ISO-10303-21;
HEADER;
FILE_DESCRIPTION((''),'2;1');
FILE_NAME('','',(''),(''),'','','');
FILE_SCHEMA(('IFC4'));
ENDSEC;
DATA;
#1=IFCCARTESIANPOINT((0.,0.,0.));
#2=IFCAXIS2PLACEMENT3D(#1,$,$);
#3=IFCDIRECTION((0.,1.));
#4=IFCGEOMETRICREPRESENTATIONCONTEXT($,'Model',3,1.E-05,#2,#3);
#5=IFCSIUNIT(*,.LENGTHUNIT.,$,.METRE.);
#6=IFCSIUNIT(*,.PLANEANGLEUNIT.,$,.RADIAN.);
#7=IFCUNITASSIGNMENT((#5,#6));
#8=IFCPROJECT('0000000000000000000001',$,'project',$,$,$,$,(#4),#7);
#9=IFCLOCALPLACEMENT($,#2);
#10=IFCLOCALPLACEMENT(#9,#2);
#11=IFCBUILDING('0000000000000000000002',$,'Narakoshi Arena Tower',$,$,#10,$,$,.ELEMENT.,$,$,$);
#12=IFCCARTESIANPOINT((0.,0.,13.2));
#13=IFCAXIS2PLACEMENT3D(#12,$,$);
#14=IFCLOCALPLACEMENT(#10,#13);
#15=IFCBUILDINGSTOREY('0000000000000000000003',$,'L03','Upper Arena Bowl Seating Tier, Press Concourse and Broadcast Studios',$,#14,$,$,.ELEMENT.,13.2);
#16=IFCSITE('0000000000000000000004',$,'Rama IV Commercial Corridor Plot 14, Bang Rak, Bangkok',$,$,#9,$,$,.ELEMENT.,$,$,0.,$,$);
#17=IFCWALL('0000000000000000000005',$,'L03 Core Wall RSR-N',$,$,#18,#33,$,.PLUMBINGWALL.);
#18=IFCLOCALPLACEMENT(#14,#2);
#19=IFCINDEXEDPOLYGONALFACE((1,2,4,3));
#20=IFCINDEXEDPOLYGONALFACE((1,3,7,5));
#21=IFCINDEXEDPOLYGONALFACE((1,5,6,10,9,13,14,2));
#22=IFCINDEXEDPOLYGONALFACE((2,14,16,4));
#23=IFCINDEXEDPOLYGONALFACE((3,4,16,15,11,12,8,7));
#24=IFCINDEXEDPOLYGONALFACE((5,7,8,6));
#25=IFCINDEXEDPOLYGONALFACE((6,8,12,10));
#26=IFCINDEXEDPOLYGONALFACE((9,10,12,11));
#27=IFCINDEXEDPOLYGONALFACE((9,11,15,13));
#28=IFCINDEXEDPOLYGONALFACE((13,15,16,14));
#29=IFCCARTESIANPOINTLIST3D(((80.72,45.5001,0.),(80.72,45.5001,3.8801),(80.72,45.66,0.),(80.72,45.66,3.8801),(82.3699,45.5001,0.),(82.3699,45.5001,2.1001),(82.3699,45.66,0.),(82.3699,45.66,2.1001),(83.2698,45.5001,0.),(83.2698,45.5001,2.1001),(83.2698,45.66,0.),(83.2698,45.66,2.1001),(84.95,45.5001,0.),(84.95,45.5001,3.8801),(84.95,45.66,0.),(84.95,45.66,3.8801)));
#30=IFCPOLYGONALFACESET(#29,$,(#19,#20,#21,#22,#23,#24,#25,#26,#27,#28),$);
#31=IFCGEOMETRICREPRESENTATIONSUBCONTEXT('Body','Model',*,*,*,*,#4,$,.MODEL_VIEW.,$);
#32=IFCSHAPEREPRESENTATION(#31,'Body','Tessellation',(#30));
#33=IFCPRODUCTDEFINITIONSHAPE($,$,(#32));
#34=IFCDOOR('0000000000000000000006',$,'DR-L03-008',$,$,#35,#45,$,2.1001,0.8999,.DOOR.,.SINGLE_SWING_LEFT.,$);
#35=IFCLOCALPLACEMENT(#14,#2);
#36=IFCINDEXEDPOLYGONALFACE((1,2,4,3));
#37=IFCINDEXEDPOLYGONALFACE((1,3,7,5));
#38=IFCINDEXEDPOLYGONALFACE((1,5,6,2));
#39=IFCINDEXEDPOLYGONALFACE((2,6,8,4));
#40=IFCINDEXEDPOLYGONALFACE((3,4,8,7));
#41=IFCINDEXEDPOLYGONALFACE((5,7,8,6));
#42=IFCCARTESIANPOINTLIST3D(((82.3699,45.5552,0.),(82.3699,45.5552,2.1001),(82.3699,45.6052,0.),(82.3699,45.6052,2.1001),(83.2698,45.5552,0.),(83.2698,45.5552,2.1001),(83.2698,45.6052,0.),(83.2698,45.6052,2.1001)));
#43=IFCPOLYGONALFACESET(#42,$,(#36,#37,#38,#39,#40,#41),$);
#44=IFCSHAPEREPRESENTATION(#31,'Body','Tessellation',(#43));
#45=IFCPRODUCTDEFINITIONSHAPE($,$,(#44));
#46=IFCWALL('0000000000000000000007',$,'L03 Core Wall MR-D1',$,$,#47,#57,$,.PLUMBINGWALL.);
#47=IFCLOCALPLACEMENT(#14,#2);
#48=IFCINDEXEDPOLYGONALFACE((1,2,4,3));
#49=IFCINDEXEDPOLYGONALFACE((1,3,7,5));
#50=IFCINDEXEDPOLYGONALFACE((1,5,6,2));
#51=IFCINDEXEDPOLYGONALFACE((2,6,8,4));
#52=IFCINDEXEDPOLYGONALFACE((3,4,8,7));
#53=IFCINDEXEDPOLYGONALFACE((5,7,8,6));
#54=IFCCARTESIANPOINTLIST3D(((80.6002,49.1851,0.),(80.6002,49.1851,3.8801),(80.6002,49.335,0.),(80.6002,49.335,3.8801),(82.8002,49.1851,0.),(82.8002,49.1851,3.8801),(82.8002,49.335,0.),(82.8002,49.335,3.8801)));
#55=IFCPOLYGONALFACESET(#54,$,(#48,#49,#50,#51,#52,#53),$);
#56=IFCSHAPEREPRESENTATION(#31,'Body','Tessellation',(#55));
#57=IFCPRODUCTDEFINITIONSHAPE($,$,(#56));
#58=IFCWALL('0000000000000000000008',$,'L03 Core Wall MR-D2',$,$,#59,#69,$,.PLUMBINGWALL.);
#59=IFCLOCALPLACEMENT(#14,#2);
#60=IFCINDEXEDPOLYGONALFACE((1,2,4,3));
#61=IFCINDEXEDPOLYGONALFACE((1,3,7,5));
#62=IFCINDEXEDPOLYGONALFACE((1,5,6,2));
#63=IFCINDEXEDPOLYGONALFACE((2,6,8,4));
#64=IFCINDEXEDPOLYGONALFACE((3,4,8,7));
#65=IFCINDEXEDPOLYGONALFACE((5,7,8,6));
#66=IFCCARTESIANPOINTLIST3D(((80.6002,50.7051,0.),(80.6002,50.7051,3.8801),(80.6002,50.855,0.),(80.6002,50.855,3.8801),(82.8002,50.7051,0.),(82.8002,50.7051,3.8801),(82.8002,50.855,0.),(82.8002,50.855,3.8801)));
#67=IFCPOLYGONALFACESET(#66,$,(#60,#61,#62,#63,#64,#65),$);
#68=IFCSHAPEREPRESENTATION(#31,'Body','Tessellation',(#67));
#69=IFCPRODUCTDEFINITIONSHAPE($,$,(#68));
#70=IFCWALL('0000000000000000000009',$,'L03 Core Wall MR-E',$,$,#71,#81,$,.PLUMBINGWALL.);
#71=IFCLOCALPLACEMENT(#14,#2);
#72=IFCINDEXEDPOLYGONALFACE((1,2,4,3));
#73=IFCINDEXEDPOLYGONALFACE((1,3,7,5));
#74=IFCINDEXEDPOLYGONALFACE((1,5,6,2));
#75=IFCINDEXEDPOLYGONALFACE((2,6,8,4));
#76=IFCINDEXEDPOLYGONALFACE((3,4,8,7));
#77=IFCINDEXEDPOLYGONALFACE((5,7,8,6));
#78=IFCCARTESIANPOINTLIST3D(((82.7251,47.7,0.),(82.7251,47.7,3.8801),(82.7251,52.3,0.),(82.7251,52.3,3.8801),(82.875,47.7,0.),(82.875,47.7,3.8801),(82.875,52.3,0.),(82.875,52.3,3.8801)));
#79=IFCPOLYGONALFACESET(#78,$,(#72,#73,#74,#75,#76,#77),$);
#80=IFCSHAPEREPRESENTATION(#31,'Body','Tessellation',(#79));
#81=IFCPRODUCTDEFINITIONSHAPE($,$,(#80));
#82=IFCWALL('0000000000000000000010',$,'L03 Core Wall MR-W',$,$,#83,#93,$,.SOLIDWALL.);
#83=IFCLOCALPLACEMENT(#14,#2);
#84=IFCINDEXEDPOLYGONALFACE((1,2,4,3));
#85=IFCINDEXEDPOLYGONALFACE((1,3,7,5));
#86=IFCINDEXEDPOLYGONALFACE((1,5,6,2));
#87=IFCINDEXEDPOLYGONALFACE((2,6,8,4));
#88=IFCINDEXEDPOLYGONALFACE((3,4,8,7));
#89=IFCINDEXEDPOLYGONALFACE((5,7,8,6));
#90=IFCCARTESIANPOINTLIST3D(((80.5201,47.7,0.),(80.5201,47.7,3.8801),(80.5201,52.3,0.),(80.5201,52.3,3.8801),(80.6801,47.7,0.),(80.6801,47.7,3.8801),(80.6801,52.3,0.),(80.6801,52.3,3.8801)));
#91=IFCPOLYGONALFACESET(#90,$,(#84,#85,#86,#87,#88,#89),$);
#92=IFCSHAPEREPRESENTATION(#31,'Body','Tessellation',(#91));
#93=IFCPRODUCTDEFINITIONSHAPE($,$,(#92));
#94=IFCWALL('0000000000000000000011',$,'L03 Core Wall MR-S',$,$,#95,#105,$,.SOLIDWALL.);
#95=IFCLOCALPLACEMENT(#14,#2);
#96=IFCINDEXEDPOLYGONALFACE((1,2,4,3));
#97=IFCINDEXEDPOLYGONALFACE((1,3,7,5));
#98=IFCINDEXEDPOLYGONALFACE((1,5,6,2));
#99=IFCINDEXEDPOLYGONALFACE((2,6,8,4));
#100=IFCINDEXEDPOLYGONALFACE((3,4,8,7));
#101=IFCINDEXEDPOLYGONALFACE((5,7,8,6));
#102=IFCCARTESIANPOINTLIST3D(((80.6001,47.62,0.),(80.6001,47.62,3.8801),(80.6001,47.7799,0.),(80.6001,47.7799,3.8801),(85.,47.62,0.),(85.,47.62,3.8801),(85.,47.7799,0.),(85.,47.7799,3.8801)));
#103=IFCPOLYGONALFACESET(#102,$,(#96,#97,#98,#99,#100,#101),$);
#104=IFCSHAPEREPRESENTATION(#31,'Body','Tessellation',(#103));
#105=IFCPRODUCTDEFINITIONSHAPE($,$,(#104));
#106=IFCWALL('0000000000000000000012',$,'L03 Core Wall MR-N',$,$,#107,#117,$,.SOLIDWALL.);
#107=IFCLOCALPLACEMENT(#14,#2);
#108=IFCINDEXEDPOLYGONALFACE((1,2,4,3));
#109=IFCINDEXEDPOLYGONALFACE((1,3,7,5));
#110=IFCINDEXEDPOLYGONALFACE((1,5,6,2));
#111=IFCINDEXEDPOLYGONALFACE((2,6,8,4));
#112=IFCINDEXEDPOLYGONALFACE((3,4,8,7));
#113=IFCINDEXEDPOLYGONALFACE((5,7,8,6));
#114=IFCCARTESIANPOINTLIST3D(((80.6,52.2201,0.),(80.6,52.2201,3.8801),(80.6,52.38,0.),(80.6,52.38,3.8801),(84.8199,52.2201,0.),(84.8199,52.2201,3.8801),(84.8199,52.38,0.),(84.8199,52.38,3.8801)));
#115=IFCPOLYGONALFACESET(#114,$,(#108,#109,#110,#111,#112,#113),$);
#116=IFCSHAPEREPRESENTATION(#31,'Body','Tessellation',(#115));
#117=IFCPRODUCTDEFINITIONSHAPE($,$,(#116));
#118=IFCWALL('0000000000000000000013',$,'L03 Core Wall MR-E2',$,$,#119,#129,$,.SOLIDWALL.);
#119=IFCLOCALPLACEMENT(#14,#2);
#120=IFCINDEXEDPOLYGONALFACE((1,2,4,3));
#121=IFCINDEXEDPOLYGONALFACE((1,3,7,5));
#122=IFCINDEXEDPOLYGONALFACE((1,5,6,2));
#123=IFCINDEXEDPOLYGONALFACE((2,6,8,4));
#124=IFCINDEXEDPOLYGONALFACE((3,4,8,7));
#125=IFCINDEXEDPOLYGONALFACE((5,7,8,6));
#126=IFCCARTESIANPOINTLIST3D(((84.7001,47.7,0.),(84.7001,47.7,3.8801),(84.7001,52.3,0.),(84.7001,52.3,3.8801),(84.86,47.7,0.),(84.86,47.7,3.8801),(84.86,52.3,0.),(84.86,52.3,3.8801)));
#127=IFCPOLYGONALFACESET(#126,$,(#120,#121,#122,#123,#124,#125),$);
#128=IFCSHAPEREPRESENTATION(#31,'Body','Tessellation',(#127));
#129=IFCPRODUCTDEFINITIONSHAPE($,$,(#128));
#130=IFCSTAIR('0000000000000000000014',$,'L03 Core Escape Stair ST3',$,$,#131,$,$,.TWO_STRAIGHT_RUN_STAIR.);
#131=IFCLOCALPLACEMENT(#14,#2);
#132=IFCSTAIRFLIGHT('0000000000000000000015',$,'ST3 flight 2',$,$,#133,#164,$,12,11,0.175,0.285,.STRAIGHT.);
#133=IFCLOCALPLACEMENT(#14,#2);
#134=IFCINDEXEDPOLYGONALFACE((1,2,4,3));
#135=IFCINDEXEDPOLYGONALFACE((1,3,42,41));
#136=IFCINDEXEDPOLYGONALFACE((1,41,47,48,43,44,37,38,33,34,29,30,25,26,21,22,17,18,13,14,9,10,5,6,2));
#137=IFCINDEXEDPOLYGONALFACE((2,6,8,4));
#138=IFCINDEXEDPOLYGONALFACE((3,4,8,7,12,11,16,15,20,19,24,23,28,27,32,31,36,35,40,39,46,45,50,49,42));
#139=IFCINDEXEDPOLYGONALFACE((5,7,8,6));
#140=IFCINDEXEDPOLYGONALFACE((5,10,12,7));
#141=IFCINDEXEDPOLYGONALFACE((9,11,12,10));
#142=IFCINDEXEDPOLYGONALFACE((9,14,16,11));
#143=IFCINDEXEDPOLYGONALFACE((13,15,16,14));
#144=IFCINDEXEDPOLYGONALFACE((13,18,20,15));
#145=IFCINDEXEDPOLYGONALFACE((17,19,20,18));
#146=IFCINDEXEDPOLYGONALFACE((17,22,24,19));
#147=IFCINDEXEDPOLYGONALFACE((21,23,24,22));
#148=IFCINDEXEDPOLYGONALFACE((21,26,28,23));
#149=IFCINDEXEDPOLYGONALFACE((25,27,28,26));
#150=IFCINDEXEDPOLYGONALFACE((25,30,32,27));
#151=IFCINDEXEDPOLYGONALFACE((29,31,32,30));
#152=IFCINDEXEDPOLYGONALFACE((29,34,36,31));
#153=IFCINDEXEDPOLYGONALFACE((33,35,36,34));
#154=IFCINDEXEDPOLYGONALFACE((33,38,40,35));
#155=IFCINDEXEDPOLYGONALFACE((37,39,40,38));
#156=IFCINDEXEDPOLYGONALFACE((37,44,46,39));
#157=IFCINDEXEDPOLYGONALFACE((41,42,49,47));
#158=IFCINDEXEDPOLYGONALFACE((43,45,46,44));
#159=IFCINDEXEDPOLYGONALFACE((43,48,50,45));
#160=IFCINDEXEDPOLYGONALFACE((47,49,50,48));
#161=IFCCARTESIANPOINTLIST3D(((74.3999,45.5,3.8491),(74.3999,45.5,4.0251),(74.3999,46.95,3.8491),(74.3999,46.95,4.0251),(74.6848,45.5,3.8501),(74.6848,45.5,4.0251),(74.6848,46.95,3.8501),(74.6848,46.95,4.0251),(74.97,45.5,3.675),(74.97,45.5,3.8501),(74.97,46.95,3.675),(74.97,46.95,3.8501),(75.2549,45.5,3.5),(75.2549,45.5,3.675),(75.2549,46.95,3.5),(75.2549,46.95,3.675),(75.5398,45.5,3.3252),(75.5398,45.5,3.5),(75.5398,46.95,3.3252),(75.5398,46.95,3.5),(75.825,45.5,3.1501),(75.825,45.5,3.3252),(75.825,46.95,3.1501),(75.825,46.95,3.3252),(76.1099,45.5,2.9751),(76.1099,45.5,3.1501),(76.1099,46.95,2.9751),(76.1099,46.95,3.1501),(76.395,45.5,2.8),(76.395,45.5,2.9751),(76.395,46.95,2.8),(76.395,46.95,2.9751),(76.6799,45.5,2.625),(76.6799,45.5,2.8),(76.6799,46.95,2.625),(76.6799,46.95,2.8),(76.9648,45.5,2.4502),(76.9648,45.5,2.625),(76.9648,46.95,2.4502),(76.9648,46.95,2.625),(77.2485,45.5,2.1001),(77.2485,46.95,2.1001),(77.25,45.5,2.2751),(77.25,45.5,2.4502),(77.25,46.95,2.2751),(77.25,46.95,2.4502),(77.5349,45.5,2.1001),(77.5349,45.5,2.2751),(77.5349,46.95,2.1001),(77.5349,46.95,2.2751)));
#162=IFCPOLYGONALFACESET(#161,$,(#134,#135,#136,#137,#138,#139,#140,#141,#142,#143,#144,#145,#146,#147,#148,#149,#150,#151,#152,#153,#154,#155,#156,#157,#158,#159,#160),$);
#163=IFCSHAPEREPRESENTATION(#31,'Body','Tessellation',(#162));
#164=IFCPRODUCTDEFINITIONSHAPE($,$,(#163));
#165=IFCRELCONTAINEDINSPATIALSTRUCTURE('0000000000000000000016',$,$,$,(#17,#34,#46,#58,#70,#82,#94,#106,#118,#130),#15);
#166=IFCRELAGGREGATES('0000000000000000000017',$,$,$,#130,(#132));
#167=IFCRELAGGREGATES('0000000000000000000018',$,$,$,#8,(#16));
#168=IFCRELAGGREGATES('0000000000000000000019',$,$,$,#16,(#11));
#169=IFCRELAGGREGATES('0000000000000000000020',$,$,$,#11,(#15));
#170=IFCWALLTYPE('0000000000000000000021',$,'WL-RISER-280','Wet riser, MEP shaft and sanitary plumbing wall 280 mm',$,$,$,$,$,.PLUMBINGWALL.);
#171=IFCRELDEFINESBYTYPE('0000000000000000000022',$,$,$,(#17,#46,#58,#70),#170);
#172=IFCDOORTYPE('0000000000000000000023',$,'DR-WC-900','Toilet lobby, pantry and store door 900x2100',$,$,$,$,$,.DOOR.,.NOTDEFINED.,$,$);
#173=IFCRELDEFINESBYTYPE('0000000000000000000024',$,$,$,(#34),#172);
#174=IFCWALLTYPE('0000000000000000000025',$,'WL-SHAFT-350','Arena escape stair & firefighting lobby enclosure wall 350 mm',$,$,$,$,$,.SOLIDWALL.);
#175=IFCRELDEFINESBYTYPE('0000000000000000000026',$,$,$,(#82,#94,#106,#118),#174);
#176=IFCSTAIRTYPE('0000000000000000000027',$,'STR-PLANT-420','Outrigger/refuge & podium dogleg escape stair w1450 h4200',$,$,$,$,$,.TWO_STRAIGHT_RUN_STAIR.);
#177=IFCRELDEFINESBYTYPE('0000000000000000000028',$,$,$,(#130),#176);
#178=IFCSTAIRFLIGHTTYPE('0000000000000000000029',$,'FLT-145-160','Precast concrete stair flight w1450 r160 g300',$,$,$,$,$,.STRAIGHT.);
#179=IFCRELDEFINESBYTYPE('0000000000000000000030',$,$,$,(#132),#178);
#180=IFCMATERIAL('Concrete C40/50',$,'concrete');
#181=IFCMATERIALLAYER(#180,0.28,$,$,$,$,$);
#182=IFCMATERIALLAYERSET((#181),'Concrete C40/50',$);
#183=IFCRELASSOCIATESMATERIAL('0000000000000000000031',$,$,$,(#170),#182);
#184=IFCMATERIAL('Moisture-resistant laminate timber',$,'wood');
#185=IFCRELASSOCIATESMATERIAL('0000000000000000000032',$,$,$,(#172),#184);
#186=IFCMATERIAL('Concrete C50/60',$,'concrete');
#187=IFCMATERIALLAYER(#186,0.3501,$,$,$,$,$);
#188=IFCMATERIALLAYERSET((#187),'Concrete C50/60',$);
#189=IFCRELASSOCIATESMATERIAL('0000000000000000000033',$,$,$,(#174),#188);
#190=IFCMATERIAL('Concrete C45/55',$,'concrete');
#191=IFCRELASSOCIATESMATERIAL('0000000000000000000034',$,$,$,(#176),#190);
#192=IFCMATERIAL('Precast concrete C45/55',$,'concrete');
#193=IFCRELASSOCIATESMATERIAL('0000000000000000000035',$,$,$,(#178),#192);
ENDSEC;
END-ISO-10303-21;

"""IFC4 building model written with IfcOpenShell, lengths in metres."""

from ifc_helpers import new_model, si_unit, direction, frame, frame_2d, origin, place, context, subcontext, project, spatial, polyline, rectangle, outline, extrude, material, layer, layer_set, type_object, element, fill, aggregate, save


model = new_model("IFC4")

# Units and contexts
model_context = context("Model", 3, precision=1e-05, world=origin(), true_north=direction((0.0, 1.0)))
body_context = subcontext(model_context, "Body", "Model", "MODEL_VIEW")
ifc_project = project(units=[si_unit("LENGTHUNIT", "METRE"), si_unit("PLANEANGLEUNIT", "RADIAN")], contexts=[model_context])

# Site, building, storey
site_placement = place(None, origin())
site = spatial("IfcSite", under=ifc_project, at=site_placement, Name="Rama IV Commercial Corridor Plot 14, Bang Rak, Bangkok", CompositionType="ELEMENT", RefElevation=0.0)
building_placement = place(site_placement, origin())
building = spatial("IfcBuilding", under=site, at=building_placement, Name="Narakoshi Arena Tower", CompositionType="ELEMENT")
storey_placement = place(building_placement, frame((0.0, 0.0, 13.2)))
storey = spatial("IfcBuildingStorey", under=building, at=storey_placement, Name="L03", Description="Upper Arena Bowl Seating Tier, Press Concourse and Broadcast Studios", CompositionType="ELEMENT", Elevation=13.2)

# Wall, opening, door
ifc_material_1 = material(Name="Concrete C40/50", Category="concrete")
ifc_layer_1 = layer(ifc_material_1, 0.28)
ifc_layer_set_1 = layer_set([ifc_layer_1], Name="Concrete C40/50")
wall_type_1 = type_object("IfcWallType", Name="WL-RISER-280", Description="Wet riser, MEP shaft and sanitary plumbing wall 280 mm", PredefinedType="PLUMBINGWALL", material=ifc_layer_set_1)
wall_1_placement = place(storey_placement, frame((80.72, 45.5801, 0.0), z_axis=(0.0, 0.0, 1.0), x_axis=(1.0, 0.0, 0.0)))
wall_1 = element("IfcWall", 1, at=wall_1_placement, inside=storey, type_object=wall_type_1, Name="L03 Core Wall RSR-N", PredefinedType="PLUMBINGWALL", context=body_context, shape_type="SweptSolid", body=[
    extrude(rectangle(XDim=4.23, YDim=0.1599, at=frame_2d((2.115, 0.0))), origin(), (0.0, 0.0, 1.0), 3.8801),
])
opening_1_placement = place(wall_1_placement, frame((1.6499, 0.0, 0.0)))
opening_1 = element("IfcOpeningElement", 2, at=opening_1_placement, cuts=wall_1, PredefinedType="OPENING", context=body_context, shape_type="SweptSolid", body=[
    extrude(rectangle(XDim=0.8999, YDim=2.1001, at=frame_2d((0.45, 1.05))), frame((0.0, 0.0898, 0.0), z_axis=(0.0, -1.0, 0.0), x_axis=(1.0, 0.0, 0.0)), (0.0, 0.0, 1.0), 0.1799),
])
ifc_material_2 = material(Name="Moisture-resistant laminate timber", Category="wood")
door_type_1 = type_object("IfcDoorType", Name="DR-WC-900", Description="Toilet lobby, pantry and store door 900x2100", OperationType="NOTDEFINED", PredefinedType="DOOR", material=ifc_material_2)
door_1_placement = place(opening_1_placement, frame((0.8999, 0.0, 0.0), z_axis=(0.0, 0.0, 1.0), x_axis=(-1.0, 0.0, 0.0)))
door_1 = element("IfcDoor", 3, at=door_1_placement, inside=storey, type_object=door_type_1, Name="DR-L03-008", OperationType="SINGLE_SWING_LEFT", OverallHeight=2.1001, OverallWidth=0.8999, PredefinedType="DOOR", context=body_context, shape_type="SweptSolid", body=[
    extrude(rectangle(XDim=0.8999, YDim=2.1001, at=frame_2d((0.45, 1.05))), frame((0.0, 0.0249, 0.0), z_axis=(0.0, -1.0, 0.0), x_axis=(1.0, 0.0, 0.0)), (0.0, 0.0, 1.0), 0.05),
])
fill(opening_1, door_1)

# Walls
for number, where, z_axis, x_axis, name in (
    (4, (80.6001, 49.26, 0.0), (0.0, 0.0, 1.0), (1.0, 0.0, 0.0), "L03 Core Wall MR-D1"),
    (5, (80.6001, 50.78, 0.0), (0.0, 0.0, 1.0), (1.0, 0.0, 0.0), "L03 Core Wall MR-D2"),
):
    element("IfcWall", number, at=place(storey_placement, frame(where, z_axis=z_axis, x_axis=x_axis)), inside=storey, type_object=wall_type_1, Name=name, PredefinedType="PLUMBINGWALL", context=body_context, shape_type="SweptSolid", body=[
        extrude(rectangle(XDim=2.2, YDim=0.1499, at=frame_2d((1.1001, 0.0))), origin(), (0.0, 0.0, 1.0), 3.8801),
    ])
wall_2_placement = place(storey_placement, frame((82.8, 47.7, 0.0), z_axis=(0.0, 0.0, 1.0), x_axis=(0.0, 1.0, 0.0)))
element("IfcWall", 6, at=wall_2_placement, inside=storey, type_object=wall_type_1, Name="L03 Core Wall MR-E", PredefinedType="PLUMBINGWALL", context=body_context, shape_type="SweptSolid", body=[
    extrude(rectangle(XDim=4.6001, YDim=0.1499, at=frame_2d((2.3, 0.0))), origin(), (0.0, 0.0, 1.0), 3.8801),
])
ifc_material_3 = material(Name="Concrete C50/60", Category="concrete")
ifc_layer_2 = layer(ifc_material_3, 0.3501)
ifc_layer_set_2 = layer_set([ifc_layer_2], Name="Concrete C50/60")
wall_type_2 = type_object("IfcWallType", Name="WL-SHAFT-350", Description="Arena escape stair & firefighting lobby enclosure wall 350 mm", PredefinedType="SOLIDWALL", material=ifc_layer_set_2)
wall_3_placement = place(storey_placement, frame((80.6001, 47.7, 0.0), z_axis=(0.0, 0.0, 1.0), x_axis=(0.0, 1.0, 0.0)))
element("IfcWall", 7, at=wall_3_placement, inside=storey, type_object=wall_type_2, Name="L03 Core Wall MR-W", PredefinedType="SOLIDWALL", context=body_context, shape_type="SweptSolid", body=[
    extrude(rectangle(XDim=4.6001, YDim=0.1599, at=frame_2d((2.3, 0.0))), origin(), (0.0, 0.0, 1.0), 3.8801),
])
wall_4_placement = place(storey_placement, frame((80.6001, 47.7, 0.0), z_axis=(0.0, 0.0, 1.0), x_axis=(1.0, 0.0, 0.0)))
element("IfcWall", 8, at=wall_4_placement, inside=storey, type_object=wall_type_2, Name="L03 Core Wall MR-S", PredefinedType="SOLIDWALL", context=body_context, shape_type="SweptSolid", body=[
    extrude(rectangle(XDim=4.3999, YDim=0.1599, at=frame_2d((2.2, 0.0))), origin(), (0.0, 0.0, 1.0), 3.8801),
])
wall_5_placement = place(storey_placement, frame((80.6001, 52.3, 0.0), z_axis=(0.0, 0.0, 1.0), x_axis=(1.0, 0.0, 0.0)))
element("IfcWall", 9, at=wall_5_placement, inside=storey, type_object=wall_type_2, Name="L03 Core Wall MR-N", PredefinedType="SOLIDWALL", context=body_context, shape_type="SweptSolid", body=[
    extrude(rectangle(XDim=4.22, YDim=0.1599, at=frame_2d((2.1099, 0.0))), origin(), (0.0, 0.0, 1.0), 3.8801),
])
wall_6_placement = place(storey_placement, frame((84.78, 47.7, 0.0), z_axis=(0.0, 0.0, 1.0), x_axis=(0.0, 1.0, 0.0)))
element("IfcWall", 10, at=wall_6_placement, inside=storey, type_object=wall_type_2, Name="L03 Core Wall MR-E2", PredefinedType="SOLIDWALL", context=body_context, shape_type="SweptSolid", body=[
    extrude(rectangle(XDim=4.6001, YDim=0.1599, at=frame_2d((2.3, 0.0))), origin(), (0.0, 0.0, 1.0), 3.8801),
])

# Stair, stair flight
ifc_material_4 = material(Name="Concrete C45/55", Category="concrete")
stair_type = type_object("IfcStairType", Name="STR-PLANT-420", Description="Outrigger/refuge & podium dogleg escape stair w1450 h4200", PredefinedType="TWO_STRAIGHT_RUN_STAIR", material=ifc_material_4)
stair_placement = place(storey_placement, origin())
stair = element("IfcStair", 11, at=stair_placement, inside=storey, type_object=stair_type, Name="L03 Core Escape Stair ST3", PredefinedType="TWO_STRAIGHT_RUN_STAIR")
ifc_material_5 = material(Name="Precast concrete C45/55", Category="concrete")
stair_flight_type = type_object("IfcStairFlightType", Name="FLT-145-160", Description="Precast concrete stair flight w1450 r160 g300", PredefinedType="STRAIGHT", material=ifc_material_5)
stair_flight_placement = place(storey_placement, frame((77.5349, 46.2251, 2.1001), z_axis=(0.0, 0.0, 1.0), x_axis=(-1.0, 0.0, 0.0)))
stair_flight = element("IfcStairFlight", 12, at=stair_flight_placement, type_object=stair_flight_type, Name="ST3 flight 2", NumberOfRisers=12, NumberOfTreads=11, PredefinedType="STRAIGHT", RiserHeight=0.175, TreadLength=0.285, context=body_context, shape_type="SweptSolid", body=[
    extrude(outline(polyline([(0.0, 0.0), (0.0, 0.175), (0.2849, 0.175), (0.2849, 0.3501), (0.5701, 0.3501), (0.5701, 0.5249), (0.855, 0.5249), (0.855, 0.7), (1.1399, 0.7), (1.1399, 0.875), (1.425, 0.875), (1.425, 1.05), (1.71, 1.05), (1.71, 1.2251), (1.9951, 1.2251), (1.9951, 1.3999), (2.28, 1.3999), (2.28, 1.575), (2.5649, 1.575), (2.5649, 1.75), (2.8501, 1.75), (2.8501, 1.925), (3.135, 1.925), (3.135, 2.1001), (3.135, 1.749), (0.2864, 0.0), (0.0, 0.0)])), frame((0.0, 0.7251, 0.0), z_axis=(0.0, -1.0, 0.0), x_axis=(1.0, 0.0, 0.0)), (0.0, 0.0, 1.0), 1.45),
])
aggregate(stair, [stair_flight])

save(model, "model.ifc")
